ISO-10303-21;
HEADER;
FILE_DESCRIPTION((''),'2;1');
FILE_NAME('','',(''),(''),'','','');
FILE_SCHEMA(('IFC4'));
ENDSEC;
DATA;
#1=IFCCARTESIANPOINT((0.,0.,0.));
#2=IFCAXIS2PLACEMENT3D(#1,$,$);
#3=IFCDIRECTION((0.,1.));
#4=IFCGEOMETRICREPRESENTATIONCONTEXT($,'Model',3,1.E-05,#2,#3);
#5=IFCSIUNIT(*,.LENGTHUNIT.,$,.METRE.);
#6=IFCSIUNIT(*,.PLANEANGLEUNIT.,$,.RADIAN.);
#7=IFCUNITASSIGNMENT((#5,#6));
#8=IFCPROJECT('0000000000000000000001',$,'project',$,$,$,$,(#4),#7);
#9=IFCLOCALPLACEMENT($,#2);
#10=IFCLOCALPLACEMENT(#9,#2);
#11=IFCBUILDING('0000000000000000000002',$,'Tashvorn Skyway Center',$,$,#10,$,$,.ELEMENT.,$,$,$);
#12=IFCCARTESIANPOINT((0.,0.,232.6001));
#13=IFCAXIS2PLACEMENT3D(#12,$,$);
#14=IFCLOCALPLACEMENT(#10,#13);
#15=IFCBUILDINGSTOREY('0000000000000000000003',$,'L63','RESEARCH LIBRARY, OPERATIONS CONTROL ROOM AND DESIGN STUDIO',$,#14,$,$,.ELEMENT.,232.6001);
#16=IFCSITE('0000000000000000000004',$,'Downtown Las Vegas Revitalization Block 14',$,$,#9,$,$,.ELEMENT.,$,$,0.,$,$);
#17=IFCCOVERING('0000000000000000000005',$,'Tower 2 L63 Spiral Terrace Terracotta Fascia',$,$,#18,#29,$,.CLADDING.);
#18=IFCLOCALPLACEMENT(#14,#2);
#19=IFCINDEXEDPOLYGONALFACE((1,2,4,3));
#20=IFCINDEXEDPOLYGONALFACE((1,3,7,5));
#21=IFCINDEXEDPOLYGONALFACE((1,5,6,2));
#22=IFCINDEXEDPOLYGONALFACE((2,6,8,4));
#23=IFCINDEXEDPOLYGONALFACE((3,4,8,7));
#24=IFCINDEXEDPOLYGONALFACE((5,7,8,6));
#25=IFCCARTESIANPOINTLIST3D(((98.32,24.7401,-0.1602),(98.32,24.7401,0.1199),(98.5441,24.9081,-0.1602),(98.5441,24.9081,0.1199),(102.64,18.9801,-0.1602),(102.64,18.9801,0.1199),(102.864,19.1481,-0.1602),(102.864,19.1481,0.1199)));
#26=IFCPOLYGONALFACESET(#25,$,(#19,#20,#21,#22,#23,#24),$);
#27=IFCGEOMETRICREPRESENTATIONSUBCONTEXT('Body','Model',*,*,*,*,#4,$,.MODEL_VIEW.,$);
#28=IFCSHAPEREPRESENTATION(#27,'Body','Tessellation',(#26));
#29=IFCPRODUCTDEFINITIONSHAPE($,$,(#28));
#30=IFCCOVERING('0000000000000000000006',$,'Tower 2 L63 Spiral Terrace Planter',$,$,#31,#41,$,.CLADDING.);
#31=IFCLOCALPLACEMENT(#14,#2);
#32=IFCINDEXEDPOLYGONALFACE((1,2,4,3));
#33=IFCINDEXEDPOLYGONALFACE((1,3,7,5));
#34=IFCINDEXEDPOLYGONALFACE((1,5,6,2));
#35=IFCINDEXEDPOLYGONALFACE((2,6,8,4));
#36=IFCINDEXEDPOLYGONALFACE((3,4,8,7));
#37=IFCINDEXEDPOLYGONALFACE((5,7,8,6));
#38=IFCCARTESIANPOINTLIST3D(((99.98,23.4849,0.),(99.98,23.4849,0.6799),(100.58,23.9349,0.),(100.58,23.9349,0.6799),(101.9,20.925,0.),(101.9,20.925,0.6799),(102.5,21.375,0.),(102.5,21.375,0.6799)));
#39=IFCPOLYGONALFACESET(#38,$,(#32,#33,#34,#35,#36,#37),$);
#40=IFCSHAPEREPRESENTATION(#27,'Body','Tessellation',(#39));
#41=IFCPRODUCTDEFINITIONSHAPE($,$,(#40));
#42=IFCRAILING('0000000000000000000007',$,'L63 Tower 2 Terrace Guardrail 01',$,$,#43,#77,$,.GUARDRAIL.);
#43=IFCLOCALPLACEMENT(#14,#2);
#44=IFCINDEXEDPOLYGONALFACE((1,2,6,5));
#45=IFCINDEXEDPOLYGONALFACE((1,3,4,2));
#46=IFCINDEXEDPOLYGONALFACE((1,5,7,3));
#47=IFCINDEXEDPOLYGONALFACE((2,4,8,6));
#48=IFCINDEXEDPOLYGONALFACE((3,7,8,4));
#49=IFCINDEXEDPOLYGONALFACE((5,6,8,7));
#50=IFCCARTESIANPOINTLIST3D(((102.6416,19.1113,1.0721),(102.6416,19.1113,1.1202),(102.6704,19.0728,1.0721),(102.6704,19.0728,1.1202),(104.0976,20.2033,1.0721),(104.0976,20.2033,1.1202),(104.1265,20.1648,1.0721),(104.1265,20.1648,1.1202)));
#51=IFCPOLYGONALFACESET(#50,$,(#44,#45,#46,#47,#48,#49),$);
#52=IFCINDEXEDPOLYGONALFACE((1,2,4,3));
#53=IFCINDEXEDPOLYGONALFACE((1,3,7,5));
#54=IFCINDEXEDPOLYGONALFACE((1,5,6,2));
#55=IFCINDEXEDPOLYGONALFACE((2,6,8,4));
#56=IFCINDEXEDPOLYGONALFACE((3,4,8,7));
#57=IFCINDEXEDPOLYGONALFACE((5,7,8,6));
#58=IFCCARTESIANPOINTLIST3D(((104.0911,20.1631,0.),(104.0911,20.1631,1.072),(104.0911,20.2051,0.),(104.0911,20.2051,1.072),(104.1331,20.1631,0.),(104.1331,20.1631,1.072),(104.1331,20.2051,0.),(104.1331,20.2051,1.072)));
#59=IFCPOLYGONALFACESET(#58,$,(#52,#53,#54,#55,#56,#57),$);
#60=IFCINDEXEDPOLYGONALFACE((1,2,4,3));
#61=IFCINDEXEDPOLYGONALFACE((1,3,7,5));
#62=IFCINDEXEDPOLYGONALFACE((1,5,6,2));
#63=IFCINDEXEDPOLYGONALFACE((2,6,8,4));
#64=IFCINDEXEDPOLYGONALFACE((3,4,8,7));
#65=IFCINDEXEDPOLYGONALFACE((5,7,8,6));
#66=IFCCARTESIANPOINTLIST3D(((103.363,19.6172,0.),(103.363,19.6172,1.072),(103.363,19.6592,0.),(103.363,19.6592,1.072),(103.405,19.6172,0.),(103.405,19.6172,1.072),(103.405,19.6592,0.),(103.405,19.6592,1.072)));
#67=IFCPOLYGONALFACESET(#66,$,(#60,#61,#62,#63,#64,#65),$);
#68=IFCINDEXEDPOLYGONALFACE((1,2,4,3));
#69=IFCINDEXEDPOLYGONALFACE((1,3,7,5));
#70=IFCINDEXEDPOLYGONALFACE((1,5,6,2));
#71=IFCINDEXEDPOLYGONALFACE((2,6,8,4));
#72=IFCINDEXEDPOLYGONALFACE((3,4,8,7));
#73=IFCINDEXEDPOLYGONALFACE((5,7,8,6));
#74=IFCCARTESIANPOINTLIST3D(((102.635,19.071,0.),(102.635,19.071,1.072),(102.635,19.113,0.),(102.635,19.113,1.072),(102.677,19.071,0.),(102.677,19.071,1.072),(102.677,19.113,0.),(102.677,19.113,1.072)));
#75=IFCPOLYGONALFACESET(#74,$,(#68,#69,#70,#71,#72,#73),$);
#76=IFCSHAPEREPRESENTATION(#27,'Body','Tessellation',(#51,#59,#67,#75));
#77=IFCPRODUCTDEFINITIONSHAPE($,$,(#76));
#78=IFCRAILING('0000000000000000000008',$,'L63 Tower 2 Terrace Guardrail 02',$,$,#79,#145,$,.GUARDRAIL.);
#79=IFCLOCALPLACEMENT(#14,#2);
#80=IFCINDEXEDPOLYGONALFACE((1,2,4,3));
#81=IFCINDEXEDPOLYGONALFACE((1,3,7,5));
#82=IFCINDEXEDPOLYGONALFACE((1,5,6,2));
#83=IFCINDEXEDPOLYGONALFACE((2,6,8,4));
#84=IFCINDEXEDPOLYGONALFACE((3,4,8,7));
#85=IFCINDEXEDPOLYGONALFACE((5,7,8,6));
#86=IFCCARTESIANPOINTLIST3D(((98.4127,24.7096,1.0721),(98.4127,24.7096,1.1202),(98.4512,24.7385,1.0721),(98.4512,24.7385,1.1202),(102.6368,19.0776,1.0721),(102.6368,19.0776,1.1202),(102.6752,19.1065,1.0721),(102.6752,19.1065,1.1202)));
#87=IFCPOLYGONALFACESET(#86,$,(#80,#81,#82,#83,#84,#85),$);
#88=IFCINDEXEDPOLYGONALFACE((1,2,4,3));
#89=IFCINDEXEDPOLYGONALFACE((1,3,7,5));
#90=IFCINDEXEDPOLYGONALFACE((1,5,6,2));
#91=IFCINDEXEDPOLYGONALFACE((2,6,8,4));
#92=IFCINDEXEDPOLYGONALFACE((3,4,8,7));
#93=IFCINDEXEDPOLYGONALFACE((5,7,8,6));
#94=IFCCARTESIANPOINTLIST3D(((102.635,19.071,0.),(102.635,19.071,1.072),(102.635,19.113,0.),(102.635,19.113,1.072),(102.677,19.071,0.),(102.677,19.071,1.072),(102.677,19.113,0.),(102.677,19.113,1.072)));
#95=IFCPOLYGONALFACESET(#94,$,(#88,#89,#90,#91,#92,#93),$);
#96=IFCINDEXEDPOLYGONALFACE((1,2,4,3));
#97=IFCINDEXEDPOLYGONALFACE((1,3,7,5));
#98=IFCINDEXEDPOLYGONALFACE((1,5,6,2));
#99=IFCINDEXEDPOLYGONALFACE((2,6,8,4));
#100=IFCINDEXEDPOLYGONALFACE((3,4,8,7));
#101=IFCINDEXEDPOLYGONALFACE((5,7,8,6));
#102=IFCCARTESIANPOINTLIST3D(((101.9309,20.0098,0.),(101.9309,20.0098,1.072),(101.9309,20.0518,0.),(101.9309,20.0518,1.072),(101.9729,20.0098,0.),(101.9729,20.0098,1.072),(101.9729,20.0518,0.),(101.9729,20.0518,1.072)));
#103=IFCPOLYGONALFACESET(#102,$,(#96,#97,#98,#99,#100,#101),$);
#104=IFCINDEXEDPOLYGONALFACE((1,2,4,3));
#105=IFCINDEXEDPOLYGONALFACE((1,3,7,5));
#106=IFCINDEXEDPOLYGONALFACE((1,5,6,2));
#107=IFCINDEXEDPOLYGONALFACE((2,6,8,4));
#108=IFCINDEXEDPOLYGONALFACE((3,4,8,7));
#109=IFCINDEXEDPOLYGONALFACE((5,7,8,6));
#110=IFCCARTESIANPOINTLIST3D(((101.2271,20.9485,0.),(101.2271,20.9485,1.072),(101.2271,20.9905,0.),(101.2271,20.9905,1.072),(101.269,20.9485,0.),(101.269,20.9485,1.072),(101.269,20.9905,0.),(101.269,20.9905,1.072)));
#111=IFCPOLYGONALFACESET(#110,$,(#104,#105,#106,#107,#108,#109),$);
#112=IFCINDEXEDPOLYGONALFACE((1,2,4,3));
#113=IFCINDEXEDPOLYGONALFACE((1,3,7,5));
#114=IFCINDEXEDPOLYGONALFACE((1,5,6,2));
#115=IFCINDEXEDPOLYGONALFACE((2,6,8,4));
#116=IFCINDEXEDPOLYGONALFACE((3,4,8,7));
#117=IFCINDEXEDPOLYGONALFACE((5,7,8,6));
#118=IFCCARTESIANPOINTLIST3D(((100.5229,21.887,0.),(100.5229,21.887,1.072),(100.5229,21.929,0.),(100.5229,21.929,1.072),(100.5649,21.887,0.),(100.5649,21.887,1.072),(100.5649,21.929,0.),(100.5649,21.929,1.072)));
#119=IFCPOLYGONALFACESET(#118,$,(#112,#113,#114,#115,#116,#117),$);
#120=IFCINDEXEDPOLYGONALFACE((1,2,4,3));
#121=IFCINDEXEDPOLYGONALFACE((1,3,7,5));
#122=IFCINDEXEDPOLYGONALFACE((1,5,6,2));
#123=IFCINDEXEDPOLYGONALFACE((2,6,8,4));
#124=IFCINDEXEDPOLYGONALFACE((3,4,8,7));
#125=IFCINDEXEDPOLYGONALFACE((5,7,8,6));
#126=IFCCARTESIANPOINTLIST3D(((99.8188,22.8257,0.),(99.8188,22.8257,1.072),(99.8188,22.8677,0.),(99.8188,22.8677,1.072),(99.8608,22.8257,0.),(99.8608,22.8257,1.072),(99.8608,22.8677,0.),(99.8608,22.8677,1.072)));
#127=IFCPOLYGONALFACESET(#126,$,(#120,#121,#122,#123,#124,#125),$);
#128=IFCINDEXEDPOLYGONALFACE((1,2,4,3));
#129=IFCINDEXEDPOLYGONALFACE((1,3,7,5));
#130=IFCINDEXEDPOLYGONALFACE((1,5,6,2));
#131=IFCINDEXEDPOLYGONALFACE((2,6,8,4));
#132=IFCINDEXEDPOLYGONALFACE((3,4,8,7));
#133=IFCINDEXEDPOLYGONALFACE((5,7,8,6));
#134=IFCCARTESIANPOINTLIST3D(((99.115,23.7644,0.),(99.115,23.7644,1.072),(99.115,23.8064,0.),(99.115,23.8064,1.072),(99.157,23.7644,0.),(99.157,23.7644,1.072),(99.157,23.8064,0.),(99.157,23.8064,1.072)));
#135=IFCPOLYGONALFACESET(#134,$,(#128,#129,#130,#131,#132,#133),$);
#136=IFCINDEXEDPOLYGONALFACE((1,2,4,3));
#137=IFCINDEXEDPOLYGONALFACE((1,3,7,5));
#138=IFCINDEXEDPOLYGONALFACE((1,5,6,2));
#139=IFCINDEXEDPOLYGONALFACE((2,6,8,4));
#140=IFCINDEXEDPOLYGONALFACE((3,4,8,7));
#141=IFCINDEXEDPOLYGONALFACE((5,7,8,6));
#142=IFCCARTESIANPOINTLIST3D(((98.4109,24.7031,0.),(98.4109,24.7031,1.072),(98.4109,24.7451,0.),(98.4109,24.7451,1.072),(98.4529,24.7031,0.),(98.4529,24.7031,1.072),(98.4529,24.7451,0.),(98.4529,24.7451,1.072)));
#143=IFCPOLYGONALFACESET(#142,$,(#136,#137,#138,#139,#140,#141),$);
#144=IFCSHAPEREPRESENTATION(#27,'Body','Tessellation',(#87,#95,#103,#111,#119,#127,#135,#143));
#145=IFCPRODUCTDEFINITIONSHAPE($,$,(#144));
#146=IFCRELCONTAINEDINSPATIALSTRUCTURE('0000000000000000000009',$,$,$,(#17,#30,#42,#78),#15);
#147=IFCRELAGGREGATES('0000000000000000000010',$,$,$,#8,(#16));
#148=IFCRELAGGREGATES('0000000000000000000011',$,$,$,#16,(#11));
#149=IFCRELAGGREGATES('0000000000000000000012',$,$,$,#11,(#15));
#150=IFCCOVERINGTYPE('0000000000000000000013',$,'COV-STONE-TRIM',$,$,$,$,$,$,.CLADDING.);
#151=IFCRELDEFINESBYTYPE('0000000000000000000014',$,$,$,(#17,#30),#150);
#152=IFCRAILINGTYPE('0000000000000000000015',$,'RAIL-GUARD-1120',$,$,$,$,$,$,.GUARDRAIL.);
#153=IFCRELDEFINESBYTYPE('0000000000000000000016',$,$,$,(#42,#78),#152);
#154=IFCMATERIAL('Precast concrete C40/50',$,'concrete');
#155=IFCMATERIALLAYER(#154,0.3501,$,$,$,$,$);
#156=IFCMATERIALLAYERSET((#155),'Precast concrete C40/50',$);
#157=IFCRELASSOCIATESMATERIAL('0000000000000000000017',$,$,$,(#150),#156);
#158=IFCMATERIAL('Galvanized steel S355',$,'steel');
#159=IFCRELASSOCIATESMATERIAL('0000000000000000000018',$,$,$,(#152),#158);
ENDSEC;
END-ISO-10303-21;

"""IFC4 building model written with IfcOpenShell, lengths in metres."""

from ifc_helpers import new_model, si_unit, direction, frame, origin, origin_2d, place, context, subcontext, project, spatial, rectangle, extrude, material, layer, layer_set, type_object, element, save


model = new_model("IFC4")

# Units and contexts
model_context = context("Model", 3, precision=1e-05, world=origin(), true_north=direction((0.0, 1.0)))
body_context = subcontext(model_context, "Body", "Model", "MODEL_VIEW")
ifc_project = project(units=[si_unit("LENGTHUNIT", "METRE"), si_unit("PLANEANGLEUNIT", "RADIAN")], contexts=[model_context])

# Site, building, storey
site_placement = place(None, origin())
site = spatial("IfcSite", under=ifc_project, at=site_placement, Name="Downtown Las Vegas Revitalization Block 14", CompositionType="ELEMENT", RefElevation=0.0)
building_placement = place(site_placement, origin())
building = spatial("IfcBuilding", under=site, at=building_placement, Name="Tashvorn Skyway Center", CompositionType="ELEMENT")
storey_placement = place(building_placement, frame((0.0, 0.0, 232.6001)))
storey = spatial("IfcBuildingStorey", under=building, at=storey_placement, Name="L63", Description="RESEARCH LIBRARY, OPERATIONS CONTROL ROOM AND DESIGN STUDIO", CompositionType="ELEMENT", Elevation=232.6001)

# Shared definitions
ifc_material_1 = material(Name="Precast concrete C40/50", Category="concrete")

# Coverings
ifc_layer_1 = layer(ifc_material_1, 0.3501)
ifc_layer_set_1 = layer_set([ifc_layer_1], Name="Precast concrete C40/50")
covering_type = type_object("IfcCoveringType", Name="COV-STONE-TRIM", PredefinedType="CLADDING", material=ifc_layer_set_1)
covering_1_placement = place(storey_placement, frame((100.592, 21.9441, -0.1602), z_axis=(0.0, 0.0, 1.0), x_axis=(-0.6, 0.8, 0.0)))
element("IfcCovering", 1, at=covering_1_placement, inside=storey, type_object=covering_type, Name="Tower 2 L63 Spiral Terrace Terracotta Fascia", PredefinedType="CLADDING", context=body_context, shape_type="SweptSolid", body=[
    extrude(rectangle(XDim=7.2, YDim=0.28, at=origin_2d()), origin(), (0.0, 0.0, 1.0), 0.28),
])
covering_2_placement = place(storey_placement, frame((101.24, 22.4299, 0.0), z_axis=(0.0, 0.0, 1.0), x_axis=(-0.6, 0.8, 0.0)))
element("IfcCovering", 2, at=covering_2_placement, inside=storey, type_object=covering_type, Name="Tower 2 L63 Spiral Terrace Planter", PredefinedType="CLADDING", context=body_context, shape_type="SweptSolid", body=[
    extrude(rectangle(XDim=3.2, YDim=0.75, at=origin_2d()), origin(), (0.0, 0.0, 1.0), 0.6799),
])

# Railings
ifc_material_2 = material(Name="Galvanized steel S355", Category="steel")
railing_type = type_object("IfcRailingType", Name="RAIL-GUARD-1120", PredefinedType="GUARDRAIL", material=ifc_material_2)
railing_1_placement = place(storey_placement, frame((104.1121, 20.1841, 0.0)))
element("IfcRailing", 3, at=railing_1_placement, inside=storey, type_object=railing_type, Name="L63 Tower 2 Terrace Guardrail 01", PredefinedType="GUARDRAIL", context=body_context, shape_type="SweptSolid", body=[
    extrude(rectangle(XDim=0.0481, YDim=0.0481, at=origin_2d()), frame((0.0, 0.0, 1.0962), z_axis=(-0.8, -0.6, 0.0), x_axis=(0.6, -0.8, 0.0)), (0.0, 0.0, 1.0), 1.8201),
    extrude(rectangle(XDim=0.042, YDim=0.042, at=origin_2d()), origin(), (0.0, 0.0, 1.0), 1.072),
    extrude(rectangle(XDim=0.042, YDim=0.042, at=origin_2d()), frame((-0.728, -0.5459, 0.0)), (0.0, 0.0, 1.0), 1.072),
    extrude(rectangle(XDim=0.042, YDim=0.042, at=origin_2d()), frame((-1.4561, -1.092, 0.0)), (0.0, 0.0, 1.0), 1.072),
])
railing_2_placement = place(storey_placement, frame((102.656, 19.092, 0.0)))
element("IfcRailing", 4, at=railing_2_placement, inside=storey, type_object=railing_type, Name="L63 Tower 2 Terrace Guardrail 02", PredefinedType="GUARDRAIL", context=body_context, shape_type="SweptSolid", body=[
    extrude(rectangle(XDim=0.0481, YDim=0.0481, at=origin_2d()), frame((0.0, 0.0, 1.0962), z_axis=(-0.600006, 0.799996, 0.0), x_axis=(-0.799996, -0.600006, 0.0)), (0.0, 0.0, 1.0), 7.04),
    extrude(rectangle(XDim=0.042, YDim=0.042, at=origin_2d()), origin(), (0.0, 0.0, 1.0), 1.072),
    extrude(rectangle(XDim=0.042, YDim=0.042, at=origin_2d()), frame((-0.7041, 0.9387, 0.0)), (0.0, 0.0, 1.0), 1.072),
    extrude(rectangle(XDim=0.042, YDim=0.042, at=origin_2d()), frame((-1.408, 1.8774, 0.0)), (0.0, 0.0, 1.0), 1.072),
    extrude(rectangle(XDim=0.042, YDim=0.042, at=origin_2d()), frame((-2.1121, 2.8159, 0.0)), (0.0, 0.0, 1.0), 1.072),
    extrude(rectangle(XDim=0.042, YDim=0.042, at=origin_2d()), frame((-2.8162, 3.7546, 0.0)), (0.0, 0.0, 1.0), 1.072),
    extrude(rectangle(XDim=0.042, YDim=0.042, at=origin_2d()), frame((-3.52, 4.6934, 0.0)), (0.0, 0.0, 1.0), 1.072),
    extrude(rectangle(XDim=0.042, YDim=0.042, at=origin_2d()), frame((-4.2241, 5.6321, 0.0)), (0.0, 0.0, 1.0), 1.072),
])

save(model, "model.ifc")
